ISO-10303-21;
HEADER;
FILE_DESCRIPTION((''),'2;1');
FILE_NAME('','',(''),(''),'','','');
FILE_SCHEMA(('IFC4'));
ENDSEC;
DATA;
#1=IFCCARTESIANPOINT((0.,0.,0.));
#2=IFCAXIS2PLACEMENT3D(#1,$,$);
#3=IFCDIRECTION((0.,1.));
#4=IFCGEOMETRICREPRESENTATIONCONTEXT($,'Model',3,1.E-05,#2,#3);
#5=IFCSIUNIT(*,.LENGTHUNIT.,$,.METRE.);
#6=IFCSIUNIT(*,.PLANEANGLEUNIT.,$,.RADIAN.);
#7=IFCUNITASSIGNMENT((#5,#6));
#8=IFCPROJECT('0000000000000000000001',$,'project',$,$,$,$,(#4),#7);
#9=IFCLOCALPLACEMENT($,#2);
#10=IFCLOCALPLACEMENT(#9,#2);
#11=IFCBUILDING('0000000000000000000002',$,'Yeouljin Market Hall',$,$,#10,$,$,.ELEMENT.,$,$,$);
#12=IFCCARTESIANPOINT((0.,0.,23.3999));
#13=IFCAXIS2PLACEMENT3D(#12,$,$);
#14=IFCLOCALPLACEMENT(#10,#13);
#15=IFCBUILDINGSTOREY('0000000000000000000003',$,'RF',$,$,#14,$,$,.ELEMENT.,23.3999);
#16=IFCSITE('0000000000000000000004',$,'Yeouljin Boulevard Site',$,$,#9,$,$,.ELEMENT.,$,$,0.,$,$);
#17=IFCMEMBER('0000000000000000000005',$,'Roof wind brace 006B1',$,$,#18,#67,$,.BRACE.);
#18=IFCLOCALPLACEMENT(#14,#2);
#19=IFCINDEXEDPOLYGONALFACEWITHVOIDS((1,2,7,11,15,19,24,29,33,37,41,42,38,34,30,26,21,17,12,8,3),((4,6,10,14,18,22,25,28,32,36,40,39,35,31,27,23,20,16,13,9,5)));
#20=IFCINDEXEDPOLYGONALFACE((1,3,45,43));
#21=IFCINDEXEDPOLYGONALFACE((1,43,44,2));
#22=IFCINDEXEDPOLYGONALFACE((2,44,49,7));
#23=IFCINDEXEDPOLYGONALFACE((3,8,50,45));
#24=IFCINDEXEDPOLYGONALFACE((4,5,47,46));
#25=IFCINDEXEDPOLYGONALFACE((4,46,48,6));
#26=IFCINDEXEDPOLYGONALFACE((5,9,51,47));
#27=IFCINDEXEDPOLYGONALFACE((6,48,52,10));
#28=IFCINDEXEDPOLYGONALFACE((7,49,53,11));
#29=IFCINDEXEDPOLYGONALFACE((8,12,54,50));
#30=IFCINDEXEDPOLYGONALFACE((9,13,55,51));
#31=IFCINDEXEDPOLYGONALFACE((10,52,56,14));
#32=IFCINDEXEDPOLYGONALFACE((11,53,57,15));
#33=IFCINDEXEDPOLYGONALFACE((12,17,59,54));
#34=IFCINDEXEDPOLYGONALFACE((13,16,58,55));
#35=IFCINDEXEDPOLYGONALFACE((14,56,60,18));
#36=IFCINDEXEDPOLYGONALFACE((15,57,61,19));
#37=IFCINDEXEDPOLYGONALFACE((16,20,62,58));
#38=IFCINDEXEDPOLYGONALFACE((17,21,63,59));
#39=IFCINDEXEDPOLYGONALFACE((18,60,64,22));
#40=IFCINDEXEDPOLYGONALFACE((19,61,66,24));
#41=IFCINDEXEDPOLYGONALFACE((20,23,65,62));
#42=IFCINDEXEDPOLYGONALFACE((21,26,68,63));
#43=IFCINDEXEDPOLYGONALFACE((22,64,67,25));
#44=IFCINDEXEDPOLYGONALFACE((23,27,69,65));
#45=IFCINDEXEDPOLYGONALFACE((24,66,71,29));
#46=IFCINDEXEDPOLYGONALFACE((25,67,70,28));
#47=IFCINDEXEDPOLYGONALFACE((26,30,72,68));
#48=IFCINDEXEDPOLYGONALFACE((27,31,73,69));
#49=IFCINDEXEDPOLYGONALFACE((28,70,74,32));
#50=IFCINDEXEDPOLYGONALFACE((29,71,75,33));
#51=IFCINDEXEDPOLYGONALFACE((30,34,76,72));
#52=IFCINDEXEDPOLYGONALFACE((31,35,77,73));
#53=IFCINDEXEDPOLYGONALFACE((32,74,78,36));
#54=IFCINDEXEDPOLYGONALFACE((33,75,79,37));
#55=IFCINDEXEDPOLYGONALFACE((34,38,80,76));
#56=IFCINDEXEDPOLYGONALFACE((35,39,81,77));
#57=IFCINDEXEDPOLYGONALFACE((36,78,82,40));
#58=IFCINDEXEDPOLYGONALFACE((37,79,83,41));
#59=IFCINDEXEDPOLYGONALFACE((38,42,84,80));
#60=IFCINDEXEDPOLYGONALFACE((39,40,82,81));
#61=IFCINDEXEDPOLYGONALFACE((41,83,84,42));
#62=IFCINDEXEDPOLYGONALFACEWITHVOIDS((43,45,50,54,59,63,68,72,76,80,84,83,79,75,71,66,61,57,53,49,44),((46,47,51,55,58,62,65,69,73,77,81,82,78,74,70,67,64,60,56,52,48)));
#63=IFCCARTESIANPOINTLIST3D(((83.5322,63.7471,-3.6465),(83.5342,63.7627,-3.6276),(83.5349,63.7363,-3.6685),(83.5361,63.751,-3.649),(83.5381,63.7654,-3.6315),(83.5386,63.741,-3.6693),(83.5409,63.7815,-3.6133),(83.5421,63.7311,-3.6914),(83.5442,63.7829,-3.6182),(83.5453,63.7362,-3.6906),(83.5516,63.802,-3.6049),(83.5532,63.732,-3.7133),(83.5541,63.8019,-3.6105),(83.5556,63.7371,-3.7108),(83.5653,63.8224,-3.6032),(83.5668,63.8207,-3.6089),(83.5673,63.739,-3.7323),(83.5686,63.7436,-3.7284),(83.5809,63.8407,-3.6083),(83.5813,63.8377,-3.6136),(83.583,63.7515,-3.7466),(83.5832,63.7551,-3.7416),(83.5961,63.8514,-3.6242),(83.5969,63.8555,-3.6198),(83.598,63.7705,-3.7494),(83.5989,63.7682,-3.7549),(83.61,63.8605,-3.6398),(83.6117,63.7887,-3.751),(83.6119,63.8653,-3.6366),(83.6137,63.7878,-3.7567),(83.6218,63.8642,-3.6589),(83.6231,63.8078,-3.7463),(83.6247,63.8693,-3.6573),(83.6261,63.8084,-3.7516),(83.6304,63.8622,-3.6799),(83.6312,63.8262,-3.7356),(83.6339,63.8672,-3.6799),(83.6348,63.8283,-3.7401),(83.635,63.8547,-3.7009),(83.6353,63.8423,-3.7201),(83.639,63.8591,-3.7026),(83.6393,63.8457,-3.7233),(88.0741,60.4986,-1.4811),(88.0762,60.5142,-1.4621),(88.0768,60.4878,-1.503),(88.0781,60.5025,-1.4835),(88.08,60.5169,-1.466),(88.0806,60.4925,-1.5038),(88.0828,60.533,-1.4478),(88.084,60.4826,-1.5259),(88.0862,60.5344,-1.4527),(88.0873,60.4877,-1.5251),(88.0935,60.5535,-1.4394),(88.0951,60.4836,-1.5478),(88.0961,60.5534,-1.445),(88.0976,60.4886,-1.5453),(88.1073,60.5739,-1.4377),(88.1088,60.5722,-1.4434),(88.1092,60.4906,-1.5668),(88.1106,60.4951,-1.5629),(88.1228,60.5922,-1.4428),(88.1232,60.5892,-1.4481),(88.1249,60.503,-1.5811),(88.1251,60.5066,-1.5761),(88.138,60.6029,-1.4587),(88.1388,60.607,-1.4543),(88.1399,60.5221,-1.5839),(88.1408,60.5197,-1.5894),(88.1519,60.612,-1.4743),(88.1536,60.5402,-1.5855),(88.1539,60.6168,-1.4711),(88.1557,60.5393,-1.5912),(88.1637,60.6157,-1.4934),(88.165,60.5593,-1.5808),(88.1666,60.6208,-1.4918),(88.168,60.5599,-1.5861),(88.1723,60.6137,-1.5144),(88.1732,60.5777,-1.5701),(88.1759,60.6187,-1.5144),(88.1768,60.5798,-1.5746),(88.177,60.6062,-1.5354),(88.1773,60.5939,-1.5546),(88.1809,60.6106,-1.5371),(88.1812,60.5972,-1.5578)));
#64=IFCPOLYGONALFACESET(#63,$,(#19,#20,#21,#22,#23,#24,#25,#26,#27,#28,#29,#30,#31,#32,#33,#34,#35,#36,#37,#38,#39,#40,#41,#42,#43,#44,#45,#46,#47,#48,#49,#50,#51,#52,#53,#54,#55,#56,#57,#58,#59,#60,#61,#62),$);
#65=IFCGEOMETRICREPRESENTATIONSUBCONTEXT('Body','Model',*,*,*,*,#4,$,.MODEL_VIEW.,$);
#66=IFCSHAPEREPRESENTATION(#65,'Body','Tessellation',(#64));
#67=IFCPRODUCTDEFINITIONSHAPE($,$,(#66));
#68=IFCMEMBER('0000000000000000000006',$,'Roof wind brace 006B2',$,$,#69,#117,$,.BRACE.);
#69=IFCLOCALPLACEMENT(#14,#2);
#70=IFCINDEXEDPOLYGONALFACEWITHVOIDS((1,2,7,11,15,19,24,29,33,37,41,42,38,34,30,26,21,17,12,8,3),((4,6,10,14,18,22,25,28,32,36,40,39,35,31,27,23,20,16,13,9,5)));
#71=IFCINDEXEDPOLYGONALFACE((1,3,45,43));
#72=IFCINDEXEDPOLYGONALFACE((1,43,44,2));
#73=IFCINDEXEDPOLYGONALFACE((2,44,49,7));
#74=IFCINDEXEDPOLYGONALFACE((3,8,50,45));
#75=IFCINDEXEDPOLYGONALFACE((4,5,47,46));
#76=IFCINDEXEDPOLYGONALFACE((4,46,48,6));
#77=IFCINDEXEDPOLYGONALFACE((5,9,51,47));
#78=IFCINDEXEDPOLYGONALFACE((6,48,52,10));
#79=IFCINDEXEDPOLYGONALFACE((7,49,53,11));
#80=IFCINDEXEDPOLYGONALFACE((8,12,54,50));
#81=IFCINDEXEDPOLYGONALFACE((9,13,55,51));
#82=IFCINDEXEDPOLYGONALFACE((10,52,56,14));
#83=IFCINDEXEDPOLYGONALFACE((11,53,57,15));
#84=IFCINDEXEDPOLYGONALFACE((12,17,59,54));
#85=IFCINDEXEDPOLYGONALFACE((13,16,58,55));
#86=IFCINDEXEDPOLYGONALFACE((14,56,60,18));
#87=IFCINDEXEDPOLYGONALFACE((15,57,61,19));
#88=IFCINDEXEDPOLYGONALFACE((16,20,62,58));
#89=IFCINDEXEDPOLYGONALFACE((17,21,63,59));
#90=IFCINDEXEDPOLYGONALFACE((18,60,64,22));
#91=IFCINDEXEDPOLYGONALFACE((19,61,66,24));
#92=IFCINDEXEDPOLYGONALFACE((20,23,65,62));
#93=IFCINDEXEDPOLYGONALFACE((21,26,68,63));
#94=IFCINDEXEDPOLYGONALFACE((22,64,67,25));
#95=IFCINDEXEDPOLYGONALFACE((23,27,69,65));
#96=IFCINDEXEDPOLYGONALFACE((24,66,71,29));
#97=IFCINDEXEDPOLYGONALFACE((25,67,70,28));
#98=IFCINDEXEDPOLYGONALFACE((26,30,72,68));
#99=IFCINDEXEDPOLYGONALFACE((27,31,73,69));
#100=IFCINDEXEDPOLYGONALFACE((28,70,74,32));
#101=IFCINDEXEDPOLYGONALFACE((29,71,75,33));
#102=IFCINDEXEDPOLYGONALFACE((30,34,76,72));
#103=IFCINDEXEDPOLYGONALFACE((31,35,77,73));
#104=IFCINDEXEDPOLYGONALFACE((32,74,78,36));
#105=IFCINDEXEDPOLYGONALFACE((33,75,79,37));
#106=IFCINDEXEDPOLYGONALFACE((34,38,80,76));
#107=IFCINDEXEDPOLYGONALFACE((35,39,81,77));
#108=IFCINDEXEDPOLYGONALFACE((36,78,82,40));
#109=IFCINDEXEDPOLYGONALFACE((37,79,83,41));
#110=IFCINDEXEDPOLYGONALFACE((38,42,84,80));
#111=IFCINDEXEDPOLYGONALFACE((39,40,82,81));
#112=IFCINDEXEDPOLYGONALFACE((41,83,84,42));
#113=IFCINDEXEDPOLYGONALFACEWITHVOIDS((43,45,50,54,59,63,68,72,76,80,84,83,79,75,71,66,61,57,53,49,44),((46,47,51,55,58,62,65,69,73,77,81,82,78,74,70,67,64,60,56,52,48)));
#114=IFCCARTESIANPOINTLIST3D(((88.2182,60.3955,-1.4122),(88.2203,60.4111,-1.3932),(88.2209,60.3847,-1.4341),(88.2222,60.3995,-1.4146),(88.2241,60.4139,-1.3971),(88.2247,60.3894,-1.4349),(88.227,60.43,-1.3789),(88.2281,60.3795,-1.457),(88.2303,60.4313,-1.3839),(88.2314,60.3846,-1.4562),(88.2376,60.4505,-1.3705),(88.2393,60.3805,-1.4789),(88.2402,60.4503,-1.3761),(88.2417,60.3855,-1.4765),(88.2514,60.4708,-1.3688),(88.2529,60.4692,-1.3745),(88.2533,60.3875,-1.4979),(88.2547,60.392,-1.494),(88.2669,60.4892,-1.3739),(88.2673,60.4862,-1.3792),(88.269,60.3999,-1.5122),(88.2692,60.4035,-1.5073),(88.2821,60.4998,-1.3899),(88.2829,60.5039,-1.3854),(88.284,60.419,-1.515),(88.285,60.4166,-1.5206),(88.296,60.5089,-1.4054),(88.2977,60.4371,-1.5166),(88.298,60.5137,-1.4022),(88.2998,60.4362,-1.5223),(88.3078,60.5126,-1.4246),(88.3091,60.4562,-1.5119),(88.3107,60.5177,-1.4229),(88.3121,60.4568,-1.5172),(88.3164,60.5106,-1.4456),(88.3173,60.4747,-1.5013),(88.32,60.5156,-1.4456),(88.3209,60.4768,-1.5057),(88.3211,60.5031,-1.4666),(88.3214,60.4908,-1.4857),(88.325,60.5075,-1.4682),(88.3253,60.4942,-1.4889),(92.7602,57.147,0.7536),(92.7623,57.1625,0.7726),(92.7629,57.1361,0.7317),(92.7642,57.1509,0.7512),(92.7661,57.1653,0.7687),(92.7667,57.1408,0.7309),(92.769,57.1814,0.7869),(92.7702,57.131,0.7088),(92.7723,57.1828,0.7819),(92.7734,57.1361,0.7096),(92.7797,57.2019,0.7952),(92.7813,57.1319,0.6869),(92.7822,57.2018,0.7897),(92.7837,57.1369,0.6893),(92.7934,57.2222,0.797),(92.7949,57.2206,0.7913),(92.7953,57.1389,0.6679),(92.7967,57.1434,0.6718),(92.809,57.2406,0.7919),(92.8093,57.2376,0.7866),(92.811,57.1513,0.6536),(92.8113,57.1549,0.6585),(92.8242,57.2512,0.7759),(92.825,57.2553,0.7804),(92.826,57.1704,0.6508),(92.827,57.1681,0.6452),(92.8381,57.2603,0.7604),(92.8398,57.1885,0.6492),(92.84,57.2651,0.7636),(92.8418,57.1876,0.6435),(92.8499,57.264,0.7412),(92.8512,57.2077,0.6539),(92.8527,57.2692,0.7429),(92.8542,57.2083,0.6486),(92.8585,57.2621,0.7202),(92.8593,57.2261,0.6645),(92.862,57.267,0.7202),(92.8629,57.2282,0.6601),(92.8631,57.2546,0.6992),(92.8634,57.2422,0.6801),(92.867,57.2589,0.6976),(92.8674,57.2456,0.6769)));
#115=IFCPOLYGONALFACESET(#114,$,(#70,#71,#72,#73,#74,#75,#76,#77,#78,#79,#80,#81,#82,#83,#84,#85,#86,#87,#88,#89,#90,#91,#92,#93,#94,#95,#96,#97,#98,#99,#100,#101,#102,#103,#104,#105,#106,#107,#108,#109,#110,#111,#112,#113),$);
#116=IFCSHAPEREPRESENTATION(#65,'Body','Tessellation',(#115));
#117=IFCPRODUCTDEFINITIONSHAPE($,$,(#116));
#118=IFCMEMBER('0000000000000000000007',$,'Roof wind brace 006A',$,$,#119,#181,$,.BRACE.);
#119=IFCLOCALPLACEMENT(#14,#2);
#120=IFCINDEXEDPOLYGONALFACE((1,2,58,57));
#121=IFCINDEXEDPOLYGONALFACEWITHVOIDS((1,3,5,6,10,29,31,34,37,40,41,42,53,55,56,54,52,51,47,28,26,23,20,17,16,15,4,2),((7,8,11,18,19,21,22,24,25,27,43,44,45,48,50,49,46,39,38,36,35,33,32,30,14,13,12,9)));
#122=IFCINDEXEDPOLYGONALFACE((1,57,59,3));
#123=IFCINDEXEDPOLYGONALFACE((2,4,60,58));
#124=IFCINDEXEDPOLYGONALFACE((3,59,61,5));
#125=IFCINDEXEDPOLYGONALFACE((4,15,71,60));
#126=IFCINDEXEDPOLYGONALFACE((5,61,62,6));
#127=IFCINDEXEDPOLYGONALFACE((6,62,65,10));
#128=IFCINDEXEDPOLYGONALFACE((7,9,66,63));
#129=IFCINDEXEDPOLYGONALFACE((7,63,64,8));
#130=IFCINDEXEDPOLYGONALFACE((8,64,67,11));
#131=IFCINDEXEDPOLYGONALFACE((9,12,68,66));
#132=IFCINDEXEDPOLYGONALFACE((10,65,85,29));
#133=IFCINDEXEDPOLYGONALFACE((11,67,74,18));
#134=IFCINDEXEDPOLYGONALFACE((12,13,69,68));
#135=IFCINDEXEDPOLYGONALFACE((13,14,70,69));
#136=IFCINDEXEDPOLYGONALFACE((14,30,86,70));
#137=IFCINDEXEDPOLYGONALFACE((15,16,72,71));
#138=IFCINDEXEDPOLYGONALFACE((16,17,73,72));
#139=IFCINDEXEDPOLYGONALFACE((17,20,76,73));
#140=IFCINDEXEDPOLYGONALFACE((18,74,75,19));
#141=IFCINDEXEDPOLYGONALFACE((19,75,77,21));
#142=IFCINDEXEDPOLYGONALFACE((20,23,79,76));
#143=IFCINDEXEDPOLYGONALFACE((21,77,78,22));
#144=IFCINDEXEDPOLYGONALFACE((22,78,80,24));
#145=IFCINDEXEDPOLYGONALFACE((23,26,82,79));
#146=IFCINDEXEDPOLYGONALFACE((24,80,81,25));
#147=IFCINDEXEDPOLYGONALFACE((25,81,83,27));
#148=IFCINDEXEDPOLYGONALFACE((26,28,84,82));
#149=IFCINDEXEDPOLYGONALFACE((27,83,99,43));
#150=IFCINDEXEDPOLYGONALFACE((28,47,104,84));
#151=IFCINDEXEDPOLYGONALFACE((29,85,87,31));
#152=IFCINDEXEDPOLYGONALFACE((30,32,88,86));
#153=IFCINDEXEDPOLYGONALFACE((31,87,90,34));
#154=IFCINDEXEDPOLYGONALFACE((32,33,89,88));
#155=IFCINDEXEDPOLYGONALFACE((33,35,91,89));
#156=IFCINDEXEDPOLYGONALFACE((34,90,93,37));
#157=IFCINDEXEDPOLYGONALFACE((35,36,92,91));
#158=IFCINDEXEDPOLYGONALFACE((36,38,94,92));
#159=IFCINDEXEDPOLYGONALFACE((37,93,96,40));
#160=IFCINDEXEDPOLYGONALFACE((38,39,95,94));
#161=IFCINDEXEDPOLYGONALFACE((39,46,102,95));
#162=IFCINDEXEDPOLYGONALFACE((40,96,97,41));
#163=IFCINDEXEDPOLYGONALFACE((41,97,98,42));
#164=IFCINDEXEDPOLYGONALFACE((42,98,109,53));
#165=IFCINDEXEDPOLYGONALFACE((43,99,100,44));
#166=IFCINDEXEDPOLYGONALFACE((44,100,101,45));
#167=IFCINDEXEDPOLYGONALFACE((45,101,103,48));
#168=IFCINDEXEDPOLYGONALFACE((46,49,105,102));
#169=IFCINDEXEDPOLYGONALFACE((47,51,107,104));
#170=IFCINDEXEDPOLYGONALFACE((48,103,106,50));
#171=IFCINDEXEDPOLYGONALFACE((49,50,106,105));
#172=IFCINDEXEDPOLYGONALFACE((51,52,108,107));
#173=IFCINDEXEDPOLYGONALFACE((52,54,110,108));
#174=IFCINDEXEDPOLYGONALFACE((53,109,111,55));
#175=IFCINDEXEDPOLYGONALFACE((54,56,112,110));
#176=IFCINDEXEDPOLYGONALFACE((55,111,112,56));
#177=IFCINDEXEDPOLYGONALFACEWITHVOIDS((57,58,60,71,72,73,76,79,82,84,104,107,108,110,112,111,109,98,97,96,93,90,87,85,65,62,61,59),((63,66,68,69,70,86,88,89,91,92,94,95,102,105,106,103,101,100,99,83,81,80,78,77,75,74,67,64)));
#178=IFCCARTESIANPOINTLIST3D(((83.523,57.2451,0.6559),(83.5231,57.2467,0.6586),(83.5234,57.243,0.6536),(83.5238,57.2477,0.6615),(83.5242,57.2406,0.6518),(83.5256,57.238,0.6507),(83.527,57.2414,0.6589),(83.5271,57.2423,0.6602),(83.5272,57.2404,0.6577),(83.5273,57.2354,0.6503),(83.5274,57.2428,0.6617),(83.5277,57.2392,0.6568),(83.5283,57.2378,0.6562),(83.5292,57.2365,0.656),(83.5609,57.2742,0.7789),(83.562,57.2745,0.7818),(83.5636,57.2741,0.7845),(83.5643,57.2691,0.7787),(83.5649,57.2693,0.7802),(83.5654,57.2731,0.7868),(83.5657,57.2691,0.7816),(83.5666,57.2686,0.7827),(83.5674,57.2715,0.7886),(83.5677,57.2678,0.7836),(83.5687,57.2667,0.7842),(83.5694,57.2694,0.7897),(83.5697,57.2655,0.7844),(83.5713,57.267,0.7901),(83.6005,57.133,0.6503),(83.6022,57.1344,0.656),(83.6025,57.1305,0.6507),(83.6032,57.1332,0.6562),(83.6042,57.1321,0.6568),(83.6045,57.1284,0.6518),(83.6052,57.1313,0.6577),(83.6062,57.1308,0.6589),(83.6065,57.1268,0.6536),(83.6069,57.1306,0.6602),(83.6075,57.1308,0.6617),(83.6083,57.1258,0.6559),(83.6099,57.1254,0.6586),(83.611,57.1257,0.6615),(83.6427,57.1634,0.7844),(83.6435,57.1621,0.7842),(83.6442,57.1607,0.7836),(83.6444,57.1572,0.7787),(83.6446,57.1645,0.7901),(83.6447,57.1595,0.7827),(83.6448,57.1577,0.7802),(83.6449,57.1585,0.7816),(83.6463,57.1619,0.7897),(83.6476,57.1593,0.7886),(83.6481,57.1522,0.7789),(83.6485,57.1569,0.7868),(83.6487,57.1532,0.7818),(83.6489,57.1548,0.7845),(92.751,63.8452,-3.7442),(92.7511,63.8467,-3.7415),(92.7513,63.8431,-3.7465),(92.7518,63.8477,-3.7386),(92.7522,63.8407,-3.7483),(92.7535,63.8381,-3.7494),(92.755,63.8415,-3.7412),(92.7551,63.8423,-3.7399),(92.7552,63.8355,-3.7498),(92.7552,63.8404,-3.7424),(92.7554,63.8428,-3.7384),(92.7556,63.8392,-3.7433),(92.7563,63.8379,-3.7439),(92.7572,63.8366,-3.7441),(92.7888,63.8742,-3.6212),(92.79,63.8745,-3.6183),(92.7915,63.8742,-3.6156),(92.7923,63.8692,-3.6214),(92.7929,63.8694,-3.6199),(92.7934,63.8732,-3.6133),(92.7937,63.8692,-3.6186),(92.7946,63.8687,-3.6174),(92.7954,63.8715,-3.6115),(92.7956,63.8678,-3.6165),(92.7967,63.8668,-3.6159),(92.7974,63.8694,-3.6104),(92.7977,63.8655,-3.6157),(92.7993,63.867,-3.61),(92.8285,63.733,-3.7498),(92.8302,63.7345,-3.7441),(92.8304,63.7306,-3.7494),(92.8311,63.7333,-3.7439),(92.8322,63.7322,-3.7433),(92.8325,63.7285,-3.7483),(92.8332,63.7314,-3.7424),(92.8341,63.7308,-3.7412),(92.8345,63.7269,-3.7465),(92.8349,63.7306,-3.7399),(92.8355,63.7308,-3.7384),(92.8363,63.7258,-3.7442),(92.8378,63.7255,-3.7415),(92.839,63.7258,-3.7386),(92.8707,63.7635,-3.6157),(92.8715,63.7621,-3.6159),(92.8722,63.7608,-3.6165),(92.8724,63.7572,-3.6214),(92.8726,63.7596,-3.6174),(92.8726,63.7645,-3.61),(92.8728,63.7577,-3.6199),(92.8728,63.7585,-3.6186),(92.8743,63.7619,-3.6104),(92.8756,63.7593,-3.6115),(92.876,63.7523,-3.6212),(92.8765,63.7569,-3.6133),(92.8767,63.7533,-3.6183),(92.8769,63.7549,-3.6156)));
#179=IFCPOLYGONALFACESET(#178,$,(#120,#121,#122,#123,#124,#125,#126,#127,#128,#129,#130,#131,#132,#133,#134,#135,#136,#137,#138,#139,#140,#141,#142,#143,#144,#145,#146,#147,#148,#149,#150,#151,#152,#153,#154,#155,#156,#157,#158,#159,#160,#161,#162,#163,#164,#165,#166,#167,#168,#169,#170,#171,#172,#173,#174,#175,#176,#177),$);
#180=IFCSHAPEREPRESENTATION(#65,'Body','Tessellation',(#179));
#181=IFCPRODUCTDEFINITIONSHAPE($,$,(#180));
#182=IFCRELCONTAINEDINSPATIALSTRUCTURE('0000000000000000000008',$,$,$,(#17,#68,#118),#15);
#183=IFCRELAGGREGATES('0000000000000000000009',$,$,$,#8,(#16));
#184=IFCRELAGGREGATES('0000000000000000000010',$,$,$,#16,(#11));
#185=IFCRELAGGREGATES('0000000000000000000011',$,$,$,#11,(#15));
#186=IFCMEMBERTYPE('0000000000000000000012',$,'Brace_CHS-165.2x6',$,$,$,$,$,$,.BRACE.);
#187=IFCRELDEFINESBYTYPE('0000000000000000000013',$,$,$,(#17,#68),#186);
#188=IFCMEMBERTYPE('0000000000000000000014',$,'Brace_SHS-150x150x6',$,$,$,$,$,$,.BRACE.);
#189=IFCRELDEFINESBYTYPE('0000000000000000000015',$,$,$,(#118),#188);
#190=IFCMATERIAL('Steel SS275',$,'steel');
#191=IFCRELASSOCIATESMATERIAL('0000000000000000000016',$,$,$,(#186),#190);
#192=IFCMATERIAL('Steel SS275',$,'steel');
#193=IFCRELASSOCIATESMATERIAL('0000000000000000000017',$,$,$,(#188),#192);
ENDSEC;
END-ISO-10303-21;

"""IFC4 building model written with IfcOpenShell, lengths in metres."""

from ifc_helpers import new_model, si_unit, direction, frame, origin, origin_2d, place, context, subcontext, project, spatial, hollow_rectangle, hollow_circle, extrude, material, material_profile, profile_set, type_object, element, save


model = new_model("IFC4")

# Units and contexts
model_context = context("Model", 3, precision=1e-05, world=origin(), true_north=direction((0.0, 1.0)))
body_context = subcontext(model_context, "Body", "Model", "MODEL_VIEW")
ifc_project = project(units=[si_unit("LENGTHUNIT", "METRE"), si_unit("PLANEANGLEUNIT", "RADIAN")], contexts=[model_context])

# Site, building, storey
site_placement = place(None, origin())
site = spatial("IfcSite", under=ifc_project, at=site_placement, Name="Yeouljin Boulevard Site", CompositionType="ELEMENT", RefElevation=0.0)
building_placement = place(site_placement, origin())
building = spatial("IfcBuilding", under=site, at=building_placement, Name="Yeouljin Market Hall", CompositionType="ELEMENT")
storey_placement = place(building_placement, frame((0.0, 0.0, 23.3999)))
storey = spatial("IfcBuildingStorey", under=building, at=storey_placement, Name="RF", CompositionType="ELEMENT", Elevation=23.3999)

# Members
ifc_material_1 = material(Name="Steel SS275", Category="steel")
ifc_material_profile_1 = material_profile(ifc_material_1, hollow_circle(Radius=0.0825, WallThickness=0.0061, at=origin_2d()), Name="CHS-165.2x6")
ifc_profile_set_1 = profile_set([ifc_material_profile_1], Name="Steel SS275")
member_type_1 = type_object("IfcMemberType", Name="Brace_CHS-165.2x6", PredefinedType="BRACE", material=ifc_profile_set_1)
member_1_placement = place(storey_placement, frame((83.5859, 63.8, -3.6799), z_axis=(0.758346, -0.542386, 0.361564), x_axis=(0.581743, 0.813373, 0.0)))
element("IfcMember", 1, at=member_1_placement, inside=storey, type_object=member_type_1, Name="Roof wind brace 006B1", PredefinedType="BRACE", context=body_context, shape_type="SweptSolid", body=[
    extrude(hollow_circle(Radius=0.0825, WallThickness=0.0061, at=origin_2d()), origin(), (0.0, 0.0, 1.0), 5.9893),
])
member_2_placement = place(storey_placement, frame((88.272, 60.4485, -1.4456), z_axis=(0.758335, -0.542378, 0.361599), x_axis=(0.581743, 0.813373, 0.0)))
element("IfcMember", 2, at=member_2_placement, inside=storey, type_object=member_type_1, Name="Roof wind brace 006B2", PredefinedType="BRACE", context=body_context, shape_type="SweptSolid", body=[
    extrude(hollow_circle(Radius=0.0825, WallThickness=0.0061, at=origin_2d()), origin(), (0.0, 0.0, 1.0), 5.9895),
])
ifc_material_2 = material(Name="Steel SS275", Category="steel")
ifc_material_profile_2 = material_profile(ifc_material_2, hollow_rectangle(XDim=0.1499, YDim=0.1499, WallThickness=0.0061, InnerFilletRadius=0.0061, OuterFilletRadius=0.012, at=origin_2d()), Name="SHS-150x150x6")
ifc_profile_set_2 = profile_set([ifc_material_profile_2], Name="Steel SS275")
member_type_2 = type_object("IfcMemberType", Name="Brace_SHS-150x150x6", PredefinedType="BRACE", material=ifc_profile_set_2)
member_3_placement = place(storey_placement, frame((83.5859, 57.2, 0.7202), z_axis=(0.758337, 0.54238, -0.361593), x_axis=(-0.581743, 0.813373, 0.0)))
element("IfcMember", 3, at=member_3_placement, inside=storey, type_object=member_type_2, Name="Roof wind brace 006A", PredefinedType="BRACE", context=body_context, shape_type="SweptSolid", body=[
    extrude(hollow_rectangle(XDim=0.1499, YDim=0.1499, WallThickness=0.0061, InnerFilletRadius=0.0061, OuterFilletRadius=0.012, at=origin_2d()), origin(), (0.0, 0.0, 1.0), 12.1687),
])

save(model, "model.ifc")
